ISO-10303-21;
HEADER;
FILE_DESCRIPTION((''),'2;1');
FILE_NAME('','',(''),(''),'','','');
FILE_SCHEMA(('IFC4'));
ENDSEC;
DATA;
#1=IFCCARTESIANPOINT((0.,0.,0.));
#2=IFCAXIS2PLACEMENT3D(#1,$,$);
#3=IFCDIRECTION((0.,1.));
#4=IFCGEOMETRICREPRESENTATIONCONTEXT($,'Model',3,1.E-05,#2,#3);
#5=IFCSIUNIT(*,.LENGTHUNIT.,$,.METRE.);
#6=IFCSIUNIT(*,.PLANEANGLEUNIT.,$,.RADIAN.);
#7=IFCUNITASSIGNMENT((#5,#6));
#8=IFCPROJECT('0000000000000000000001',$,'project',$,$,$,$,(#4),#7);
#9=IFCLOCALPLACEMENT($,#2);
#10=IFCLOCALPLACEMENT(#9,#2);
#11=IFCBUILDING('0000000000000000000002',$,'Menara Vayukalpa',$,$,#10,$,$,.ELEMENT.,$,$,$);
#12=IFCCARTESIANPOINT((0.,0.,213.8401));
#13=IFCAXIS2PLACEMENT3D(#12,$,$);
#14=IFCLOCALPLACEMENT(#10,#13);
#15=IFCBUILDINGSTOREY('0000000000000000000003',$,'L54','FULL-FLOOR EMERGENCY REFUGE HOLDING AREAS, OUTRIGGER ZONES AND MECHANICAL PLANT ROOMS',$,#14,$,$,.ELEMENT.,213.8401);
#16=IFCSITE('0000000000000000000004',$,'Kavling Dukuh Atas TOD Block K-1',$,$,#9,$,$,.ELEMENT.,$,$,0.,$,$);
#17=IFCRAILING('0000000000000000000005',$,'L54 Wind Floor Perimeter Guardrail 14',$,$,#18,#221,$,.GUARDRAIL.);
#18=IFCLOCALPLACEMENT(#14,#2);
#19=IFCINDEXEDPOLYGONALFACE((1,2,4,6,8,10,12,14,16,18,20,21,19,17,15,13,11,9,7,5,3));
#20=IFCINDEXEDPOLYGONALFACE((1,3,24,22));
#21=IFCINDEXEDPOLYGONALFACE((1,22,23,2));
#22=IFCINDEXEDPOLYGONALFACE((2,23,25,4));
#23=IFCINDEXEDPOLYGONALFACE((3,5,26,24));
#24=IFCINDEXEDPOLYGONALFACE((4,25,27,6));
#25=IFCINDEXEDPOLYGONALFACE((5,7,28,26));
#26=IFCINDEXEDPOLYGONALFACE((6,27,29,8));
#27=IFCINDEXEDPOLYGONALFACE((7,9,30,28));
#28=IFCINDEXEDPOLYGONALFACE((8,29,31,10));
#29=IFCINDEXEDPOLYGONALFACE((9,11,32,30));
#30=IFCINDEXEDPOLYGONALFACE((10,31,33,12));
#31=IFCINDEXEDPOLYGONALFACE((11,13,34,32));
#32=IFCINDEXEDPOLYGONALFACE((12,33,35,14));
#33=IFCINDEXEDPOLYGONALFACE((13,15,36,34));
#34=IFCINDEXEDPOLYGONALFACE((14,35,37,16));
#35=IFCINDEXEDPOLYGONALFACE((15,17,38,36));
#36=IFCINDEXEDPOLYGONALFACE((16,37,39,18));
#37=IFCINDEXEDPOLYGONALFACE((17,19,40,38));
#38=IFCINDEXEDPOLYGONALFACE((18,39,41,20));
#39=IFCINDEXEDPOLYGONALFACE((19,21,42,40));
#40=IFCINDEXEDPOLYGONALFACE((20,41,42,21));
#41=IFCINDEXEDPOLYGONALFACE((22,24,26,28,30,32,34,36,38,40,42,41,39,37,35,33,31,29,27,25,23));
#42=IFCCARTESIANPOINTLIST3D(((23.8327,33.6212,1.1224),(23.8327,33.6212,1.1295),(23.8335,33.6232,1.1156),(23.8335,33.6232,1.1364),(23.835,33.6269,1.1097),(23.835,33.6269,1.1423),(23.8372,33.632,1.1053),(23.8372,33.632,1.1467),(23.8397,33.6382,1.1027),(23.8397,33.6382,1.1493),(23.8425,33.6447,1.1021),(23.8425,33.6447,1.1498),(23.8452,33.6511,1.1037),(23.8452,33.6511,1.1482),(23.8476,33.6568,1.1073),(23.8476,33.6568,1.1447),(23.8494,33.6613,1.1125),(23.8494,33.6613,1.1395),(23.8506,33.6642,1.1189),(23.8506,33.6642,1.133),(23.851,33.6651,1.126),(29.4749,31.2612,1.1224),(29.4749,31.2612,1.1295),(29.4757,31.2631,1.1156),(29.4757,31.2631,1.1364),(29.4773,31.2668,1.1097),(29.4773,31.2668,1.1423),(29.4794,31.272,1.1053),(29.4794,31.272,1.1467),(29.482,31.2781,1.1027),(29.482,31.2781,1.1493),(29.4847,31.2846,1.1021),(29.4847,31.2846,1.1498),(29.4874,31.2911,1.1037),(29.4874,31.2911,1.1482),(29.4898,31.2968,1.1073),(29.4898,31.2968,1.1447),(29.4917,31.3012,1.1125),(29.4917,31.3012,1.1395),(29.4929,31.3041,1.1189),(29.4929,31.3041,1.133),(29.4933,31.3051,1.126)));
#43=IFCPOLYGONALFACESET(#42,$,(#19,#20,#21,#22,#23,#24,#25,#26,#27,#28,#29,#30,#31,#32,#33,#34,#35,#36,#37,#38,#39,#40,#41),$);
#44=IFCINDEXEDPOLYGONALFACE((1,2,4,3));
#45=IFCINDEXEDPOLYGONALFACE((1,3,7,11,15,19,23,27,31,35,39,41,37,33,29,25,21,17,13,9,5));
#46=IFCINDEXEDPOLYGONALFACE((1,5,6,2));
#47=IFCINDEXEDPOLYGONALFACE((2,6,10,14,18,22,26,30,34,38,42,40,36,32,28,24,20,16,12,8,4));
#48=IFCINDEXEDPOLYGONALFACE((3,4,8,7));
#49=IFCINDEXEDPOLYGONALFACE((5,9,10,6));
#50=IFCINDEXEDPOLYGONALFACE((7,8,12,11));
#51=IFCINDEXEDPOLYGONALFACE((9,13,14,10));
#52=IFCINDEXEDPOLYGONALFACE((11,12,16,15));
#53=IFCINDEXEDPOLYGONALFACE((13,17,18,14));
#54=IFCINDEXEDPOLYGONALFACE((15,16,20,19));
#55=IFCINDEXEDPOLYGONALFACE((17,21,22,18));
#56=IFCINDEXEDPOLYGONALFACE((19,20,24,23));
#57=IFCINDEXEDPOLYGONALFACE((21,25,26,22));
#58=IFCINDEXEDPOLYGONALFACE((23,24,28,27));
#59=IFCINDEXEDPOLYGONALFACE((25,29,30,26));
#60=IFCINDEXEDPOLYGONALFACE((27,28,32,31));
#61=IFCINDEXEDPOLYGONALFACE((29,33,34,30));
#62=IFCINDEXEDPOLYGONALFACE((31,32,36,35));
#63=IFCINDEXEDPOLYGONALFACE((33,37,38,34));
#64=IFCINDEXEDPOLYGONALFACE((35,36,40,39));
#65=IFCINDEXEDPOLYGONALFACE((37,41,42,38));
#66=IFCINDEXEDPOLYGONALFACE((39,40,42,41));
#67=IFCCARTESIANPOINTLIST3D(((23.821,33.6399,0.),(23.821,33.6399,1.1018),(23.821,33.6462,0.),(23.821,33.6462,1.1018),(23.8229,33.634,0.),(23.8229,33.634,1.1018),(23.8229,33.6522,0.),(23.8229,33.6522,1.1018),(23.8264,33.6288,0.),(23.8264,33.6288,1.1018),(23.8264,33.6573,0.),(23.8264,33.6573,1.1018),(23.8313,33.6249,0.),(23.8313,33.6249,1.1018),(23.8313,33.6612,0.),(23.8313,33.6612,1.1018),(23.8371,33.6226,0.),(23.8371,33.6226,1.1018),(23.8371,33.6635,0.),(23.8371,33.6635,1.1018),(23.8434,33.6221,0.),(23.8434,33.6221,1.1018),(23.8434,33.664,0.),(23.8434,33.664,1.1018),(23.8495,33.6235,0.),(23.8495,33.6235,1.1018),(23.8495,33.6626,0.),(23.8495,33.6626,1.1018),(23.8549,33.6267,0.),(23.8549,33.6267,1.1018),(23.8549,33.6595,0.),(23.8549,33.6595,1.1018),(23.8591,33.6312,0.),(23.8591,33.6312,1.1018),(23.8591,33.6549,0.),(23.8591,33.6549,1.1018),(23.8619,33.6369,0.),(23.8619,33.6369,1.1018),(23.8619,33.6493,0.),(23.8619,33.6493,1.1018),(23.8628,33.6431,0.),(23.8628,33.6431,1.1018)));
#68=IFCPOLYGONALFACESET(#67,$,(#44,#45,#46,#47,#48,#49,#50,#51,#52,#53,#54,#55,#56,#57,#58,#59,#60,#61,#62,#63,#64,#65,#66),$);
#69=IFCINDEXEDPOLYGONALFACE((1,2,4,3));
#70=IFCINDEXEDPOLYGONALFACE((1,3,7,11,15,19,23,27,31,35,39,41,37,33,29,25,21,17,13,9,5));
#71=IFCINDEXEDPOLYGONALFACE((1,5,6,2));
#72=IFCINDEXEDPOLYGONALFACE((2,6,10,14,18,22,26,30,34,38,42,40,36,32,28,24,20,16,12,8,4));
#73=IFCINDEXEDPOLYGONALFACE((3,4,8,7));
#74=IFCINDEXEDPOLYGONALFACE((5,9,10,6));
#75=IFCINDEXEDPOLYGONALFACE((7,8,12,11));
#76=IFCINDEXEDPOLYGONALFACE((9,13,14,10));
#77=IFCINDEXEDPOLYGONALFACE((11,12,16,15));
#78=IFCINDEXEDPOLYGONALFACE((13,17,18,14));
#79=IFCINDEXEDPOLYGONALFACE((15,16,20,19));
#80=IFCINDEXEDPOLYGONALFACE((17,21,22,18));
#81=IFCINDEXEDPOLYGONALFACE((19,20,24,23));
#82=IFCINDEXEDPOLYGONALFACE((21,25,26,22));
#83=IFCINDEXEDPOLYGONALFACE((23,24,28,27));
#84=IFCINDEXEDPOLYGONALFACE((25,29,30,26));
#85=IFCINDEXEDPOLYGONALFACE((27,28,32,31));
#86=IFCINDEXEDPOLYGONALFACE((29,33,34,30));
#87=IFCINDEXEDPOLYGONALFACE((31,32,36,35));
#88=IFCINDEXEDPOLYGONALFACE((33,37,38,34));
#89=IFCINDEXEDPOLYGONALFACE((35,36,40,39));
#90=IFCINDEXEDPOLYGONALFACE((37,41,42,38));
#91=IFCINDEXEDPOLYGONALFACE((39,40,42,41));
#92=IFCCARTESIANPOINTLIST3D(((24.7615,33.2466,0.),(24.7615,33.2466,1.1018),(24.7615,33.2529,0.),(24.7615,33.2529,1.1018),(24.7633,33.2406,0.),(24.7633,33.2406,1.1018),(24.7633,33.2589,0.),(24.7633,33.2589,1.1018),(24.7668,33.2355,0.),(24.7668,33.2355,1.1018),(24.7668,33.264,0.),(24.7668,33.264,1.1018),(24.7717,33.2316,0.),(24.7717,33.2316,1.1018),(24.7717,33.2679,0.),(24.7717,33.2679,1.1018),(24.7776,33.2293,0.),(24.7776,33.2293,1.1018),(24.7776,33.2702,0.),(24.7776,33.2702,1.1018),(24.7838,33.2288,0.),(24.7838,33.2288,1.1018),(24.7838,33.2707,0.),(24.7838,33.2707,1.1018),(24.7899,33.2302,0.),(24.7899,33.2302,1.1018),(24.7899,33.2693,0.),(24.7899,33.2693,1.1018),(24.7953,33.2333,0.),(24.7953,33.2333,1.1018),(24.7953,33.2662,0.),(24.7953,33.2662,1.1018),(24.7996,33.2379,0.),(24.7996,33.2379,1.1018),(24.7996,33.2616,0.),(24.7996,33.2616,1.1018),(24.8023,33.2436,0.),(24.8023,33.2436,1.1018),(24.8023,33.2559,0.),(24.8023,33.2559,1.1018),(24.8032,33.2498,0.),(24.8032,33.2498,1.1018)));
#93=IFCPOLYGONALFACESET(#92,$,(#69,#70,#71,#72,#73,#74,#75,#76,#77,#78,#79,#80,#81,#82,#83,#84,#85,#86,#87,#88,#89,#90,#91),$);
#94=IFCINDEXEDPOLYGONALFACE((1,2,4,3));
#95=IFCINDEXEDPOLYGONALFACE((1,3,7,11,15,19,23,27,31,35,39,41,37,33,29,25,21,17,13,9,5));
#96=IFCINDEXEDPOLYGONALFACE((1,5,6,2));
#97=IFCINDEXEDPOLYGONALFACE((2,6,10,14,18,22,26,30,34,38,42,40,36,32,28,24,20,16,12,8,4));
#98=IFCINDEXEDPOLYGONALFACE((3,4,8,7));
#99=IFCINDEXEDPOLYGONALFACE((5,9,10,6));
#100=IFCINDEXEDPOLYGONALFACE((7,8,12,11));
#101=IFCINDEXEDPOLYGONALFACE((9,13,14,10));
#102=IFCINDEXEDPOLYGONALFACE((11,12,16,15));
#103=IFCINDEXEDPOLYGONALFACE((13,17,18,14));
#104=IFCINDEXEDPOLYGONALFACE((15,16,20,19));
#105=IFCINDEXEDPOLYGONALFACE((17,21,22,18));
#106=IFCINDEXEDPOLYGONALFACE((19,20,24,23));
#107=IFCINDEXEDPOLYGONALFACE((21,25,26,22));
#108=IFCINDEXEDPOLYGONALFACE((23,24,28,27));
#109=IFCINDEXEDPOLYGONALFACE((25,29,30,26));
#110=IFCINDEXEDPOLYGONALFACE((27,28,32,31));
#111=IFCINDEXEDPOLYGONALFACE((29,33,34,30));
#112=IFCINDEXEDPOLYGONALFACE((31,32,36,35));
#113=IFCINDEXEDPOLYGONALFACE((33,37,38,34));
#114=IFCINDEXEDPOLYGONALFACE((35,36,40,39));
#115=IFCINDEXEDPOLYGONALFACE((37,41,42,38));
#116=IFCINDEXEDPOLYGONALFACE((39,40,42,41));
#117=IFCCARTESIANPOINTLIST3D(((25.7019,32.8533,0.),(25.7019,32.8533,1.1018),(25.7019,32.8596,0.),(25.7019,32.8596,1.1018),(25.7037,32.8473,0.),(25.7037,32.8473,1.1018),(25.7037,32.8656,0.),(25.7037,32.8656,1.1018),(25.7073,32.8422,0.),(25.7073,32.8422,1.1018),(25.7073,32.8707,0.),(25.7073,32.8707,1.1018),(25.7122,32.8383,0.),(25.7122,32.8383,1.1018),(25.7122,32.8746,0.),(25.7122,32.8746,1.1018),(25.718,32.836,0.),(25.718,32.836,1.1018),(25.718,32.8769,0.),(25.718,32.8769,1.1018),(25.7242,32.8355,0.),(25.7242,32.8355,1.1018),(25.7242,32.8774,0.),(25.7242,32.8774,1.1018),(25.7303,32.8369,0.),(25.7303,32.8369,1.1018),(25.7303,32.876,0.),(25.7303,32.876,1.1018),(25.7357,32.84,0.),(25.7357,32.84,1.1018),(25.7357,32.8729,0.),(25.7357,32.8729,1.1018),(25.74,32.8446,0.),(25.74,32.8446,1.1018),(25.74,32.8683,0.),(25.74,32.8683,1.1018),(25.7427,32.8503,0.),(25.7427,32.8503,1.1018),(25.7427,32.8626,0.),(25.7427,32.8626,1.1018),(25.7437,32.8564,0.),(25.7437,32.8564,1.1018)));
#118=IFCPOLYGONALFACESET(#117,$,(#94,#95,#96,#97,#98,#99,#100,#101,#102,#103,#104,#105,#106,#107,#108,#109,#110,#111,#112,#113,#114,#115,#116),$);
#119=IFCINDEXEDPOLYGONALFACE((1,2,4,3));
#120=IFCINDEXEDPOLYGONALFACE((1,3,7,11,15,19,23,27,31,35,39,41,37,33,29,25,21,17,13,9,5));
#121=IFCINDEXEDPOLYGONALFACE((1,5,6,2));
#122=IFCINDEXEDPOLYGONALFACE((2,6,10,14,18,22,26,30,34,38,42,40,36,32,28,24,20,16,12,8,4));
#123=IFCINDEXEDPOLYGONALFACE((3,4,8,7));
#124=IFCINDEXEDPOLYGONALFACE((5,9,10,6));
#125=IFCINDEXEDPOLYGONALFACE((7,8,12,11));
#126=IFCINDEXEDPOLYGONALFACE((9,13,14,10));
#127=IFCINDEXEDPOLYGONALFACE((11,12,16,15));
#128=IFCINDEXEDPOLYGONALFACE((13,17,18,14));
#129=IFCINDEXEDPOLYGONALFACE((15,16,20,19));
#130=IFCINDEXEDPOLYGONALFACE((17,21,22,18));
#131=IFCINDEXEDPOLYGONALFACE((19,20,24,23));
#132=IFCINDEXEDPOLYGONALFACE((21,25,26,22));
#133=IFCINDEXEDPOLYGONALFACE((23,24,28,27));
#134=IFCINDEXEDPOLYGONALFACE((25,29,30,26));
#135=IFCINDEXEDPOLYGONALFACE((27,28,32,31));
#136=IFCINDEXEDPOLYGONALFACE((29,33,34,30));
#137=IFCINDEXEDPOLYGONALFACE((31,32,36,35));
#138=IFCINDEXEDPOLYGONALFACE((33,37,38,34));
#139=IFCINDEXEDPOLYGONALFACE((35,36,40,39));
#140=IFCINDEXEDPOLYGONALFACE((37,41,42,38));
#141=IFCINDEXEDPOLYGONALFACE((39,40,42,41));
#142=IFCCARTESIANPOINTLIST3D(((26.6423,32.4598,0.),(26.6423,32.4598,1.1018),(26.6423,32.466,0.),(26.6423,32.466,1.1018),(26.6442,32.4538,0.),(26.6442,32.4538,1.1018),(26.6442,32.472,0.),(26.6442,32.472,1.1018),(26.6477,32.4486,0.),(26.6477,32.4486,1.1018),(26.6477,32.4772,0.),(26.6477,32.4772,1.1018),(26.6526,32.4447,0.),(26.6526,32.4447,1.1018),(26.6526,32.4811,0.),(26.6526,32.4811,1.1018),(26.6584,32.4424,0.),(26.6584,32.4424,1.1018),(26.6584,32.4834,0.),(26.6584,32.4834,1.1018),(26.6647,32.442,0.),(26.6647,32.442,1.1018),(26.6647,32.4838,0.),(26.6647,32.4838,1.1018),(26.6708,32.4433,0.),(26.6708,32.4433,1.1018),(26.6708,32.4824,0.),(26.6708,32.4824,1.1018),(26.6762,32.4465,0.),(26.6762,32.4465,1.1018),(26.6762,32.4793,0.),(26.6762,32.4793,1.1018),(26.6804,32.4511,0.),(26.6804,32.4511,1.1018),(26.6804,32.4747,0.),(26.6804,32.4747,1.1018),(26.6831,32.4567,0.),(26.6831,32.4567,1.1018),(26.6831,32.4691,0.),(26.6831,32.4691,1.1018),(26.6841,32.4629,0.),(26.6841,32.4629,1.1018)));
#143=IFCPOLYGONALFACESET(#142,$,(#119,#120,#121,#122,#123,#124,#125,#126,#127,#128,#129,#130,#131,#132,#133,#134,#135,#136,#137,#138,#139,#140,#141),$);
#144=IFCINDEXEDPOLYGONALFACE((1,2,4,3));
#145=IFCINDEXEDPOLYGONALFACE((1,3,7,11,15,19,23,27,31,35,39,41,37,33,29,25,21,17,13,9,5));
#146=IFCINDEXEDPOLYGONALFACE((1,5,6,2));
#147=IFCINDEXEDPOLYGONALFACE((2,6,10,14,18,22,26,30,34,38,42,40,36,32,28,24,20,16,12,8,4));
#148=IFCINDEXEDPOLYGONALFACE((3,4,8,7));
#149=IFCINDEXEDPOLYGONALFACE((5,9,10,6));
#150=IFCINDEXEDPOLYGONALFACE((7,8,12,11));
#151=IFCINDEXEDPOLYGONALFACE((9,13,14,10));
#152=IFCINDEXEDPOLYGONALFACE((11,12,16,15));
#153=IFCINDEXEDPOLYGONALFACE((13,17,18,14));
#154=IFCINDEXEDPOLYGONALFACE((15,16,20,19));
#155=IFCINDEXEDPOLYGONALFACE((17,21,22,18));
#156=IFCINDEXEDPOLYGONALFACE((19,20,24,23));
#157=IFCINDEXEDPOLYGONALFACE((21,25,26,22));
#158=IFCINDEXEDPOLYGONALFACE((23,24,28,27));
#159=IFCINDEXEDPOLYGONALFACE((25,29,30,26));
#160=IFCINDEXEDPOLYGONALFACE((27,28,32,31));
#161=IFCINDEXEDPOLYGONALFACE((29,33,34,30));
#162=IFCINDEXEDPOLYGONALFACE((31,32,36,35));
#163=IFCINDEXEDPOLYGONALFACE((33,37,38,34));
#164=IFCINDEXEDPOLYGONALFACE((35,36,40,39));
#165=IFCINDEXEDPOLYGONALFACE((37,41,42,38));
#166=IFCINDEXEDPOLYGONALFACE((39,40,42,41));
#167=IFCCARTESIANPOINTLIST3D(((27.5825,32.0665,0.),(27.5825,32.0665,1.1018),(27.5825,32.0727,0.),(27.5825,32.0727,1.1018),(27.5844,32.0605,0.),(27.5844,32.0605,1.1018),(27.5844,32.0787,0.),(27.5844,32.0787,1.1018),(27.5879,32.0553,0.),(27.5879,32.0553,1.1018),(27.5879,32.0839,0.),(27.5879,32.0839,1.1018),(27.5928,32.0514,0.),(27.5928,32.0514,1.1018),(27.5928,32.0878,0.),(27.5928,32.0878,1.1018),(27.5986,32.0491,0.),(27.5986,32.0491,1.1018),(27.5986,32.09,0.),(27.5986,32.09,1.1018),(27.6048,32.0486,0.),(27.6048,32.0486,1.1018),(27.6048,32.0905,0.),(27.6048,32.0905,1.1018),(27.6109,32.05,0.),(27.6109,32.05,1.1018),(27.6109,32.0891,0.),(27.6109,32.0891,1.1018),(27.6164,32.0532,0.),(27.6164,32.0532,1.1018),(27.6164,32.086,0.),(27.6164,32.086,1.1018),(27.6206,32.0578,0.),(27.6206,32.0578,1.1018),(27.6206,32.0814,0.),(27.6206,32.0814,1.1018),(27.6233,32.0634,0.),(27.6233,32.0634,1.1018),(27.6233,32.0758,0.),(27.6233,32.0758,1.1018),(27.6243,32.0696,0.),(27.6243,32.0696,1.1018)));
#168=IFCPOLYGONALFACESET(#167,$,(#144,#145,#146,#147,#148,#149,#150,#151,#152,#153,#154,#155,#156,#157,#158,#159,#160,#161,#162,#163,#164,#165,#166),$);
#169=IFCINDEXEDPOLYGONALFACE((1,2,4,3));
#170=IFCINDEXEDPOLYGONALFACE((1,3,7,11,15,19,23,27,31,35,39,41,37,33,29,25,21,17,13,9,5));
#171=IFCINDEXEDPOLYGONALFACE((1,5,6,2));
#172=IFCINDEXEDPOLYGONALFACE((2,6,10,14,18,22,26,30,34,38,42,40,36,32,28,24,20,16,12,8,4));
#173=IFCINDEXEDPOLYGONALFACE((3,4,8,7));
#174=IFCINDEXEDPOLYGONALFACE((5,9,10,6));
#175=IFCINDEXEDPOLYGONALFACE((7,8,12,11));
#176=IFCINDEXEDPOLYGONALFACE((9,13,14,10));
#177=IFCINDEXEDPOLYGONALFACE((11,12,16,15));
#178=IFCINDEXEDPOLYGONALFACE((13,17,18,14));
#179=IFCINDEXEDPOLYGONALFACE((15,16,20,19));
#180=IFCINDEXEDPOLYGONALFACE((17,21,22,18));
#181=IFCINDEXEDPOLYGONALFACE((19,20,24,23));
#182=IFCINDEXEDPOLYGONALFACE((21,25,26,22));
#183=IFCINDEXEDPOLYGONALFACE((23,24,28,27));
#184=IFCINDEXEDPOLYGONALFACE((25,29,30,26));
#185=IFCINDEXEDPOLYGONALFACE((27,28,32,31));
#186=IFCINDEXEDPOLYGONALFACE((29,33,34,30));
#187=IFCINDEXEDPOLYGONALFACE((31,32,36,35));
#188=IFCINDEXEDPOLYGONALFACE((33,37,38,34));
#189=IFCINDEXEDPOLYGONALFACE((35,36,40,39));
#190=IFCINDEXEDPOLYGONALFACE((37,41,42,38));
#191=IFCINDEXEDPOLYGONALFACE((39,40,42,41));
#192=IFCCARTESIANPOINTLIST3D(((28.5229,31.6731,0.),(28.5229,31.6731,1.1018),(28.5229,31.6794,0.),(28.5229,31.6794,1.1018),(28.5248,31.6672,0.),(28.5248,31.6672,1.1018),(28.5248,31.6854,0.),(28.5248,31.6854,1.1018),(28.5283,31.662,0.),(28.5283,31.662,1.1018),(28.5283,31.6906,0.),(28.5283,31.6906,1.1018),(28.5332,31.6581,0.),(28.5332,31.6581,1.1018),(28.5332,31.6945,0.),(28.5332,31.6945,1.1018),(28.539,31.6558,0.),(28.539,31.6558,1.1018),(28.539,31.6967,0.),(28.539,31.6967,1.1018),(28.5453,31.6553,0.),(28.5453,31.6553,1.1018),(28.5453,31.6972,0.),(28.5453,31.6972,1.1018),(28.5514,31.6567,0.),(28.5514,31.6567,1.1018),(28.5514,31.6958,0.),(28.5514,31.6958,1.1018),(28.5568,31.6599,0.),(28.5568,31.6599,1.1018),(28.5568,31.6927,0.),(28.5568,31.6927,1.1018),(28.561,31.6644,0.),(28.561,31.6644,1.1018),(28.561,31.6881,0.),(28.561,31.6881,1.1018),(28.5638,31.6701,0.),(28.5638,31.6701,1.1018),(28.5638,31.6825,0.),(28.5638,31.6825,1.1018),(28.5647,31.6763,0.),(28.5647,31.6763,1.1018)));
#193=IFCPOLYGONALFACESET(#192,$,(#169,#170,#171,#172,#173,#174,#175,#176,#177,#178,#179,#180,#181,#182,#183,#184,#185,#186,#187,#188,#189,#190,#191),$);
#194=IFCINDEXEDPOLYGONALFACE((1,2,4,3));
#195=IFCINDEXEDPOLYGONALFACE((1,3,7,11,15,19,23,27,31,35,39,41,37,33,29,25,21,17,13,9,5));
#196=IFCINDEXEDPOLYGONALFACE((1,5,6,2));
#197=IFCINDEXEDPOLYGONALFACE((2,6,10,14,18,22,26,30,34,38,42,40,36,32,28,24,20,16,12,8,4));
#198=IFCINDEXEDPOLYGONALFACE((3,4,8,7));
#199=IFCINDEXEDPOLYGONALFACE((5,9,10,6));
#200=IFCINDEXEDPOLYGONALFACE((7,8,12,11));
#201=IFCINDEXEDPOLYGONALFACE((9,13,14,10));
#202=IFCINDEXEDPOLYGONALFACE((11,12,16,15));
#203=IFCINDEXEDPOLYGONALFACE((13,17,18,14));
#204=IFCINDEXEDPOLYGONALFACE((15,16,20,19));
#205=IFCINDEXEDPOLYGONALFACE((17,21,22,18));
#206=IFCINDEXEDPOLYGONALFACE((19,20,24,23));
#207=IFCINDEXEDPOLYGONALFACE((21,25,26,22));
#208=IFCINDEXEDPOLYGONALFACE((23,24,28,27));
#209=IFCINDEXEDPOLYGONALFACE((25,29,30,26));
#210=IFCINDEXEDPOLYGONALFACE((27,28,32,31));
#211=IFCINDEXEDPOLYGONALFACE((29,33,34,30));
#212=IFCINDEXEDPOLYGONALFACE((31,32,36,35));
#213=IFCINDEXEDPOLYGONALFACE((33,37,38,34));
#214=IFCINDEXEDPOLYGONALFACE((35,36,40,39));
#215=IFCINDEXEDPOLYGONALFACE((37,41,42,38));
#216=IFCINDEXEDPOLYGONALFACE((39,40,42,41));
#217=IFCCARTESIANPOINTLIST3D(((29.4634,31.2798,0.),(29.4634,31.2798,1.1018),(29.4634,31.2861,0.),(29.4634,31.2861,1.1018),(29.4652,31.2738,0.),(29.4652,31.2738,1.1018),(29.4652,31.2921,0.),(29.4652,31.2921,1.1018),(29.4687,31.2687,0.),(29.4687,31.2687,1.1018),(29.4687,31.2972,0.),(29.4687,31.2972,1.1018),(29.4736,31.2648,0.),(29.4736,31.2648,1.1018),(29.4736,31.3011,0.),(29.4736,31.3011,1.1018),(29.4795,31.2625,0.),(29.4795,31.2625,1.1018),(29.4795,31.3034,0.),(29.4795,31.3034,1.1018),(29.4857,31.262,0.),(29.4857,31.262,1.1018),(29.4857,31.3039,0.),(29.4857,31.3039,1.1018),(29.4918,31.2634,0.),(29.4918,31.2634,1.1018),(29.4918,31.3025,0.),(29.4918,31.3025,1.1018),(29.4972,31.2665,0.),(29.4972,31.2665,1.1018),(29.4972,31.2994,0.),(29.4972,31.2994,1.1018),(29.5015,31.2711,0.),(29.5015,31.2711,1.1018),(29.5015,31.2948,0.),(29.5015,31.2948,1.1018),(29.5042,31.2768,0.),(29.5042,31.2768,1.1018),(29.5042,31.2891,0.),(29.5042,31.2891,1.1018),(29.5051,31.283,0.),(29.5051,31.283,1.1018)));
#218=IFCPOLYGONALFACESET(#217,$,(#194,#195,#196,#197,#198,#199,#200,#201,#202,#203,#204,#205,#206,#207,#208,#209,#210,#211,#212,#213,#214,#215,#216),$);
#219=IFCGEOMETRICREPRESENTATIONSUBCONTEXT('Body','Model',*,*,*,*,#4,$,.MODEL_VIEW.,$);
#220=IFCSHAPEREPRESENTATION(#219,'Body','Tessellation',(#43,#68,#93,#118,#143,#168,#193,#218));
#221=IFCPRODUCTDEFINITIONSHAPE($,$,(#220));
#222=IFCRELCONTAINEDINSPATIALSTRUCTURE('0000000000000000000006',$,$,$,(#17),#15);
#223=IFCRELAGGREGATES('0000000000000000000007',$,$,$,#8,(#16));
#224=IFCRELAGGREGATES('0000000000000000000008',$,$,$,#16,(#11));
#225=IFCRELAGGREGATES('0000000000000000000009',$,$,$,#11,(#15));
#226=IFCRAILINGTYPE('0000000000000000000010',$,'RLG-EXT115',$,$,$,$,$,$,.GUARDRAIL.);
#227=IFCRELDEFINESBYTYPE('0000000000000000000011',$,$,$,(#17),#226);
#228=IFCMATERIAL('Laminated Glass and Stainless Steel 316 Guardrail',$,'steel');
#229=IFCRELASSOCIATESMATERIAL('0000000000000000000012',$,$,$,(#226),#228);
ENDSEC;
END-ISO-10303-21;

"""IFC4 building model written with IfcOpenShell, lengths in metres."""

from ifc_helpers import new_model, si_unit, direction, frame, origin, origin_2d, place, context, subcontext, project, spatial, circle, extrude, material, type_object, element, save


model = new_model("IFC4")

# Units and contexts
model_context = context("Model", 3, precision=1e-05, world=origin(), true_north=direction((0.0, 1.0)))
body_context = subcontext(model_context, "Body", "Model", "MODEL_VIEW")
ifc_project = project(units=[si_unit("LENGTHUNIT", "METRE"), si_unit("PLANEANGLEUNIT", "RADIAN")], contexts=[model_context])

# Site, building, storey
site_placement = place(None, origin())
site = spatial("IfcSite", under=ifc_project, at=site_placement, Name="Kavling Dukuh Atas TOD Block K-1", CompositionType="ELEMENT", RefElevation=0.0)
building_placement = place(site_placement, origin())
building = spatial("IfcBuilding", under=site, at=building_placement, Name="Menara Vayukalpa", CompositionType="ELEMENT")
storey_placement = place(building_placement, frame((0.0, 0.0, 213.8401)))
storey = spatial("IfcBuildingStorey", under=building, at=storey_placement, Name="L54", Description="FULL-FLOOR EMERGENCY REFUGE HOLDING AREAS, OUTRIGGER ZONES AND MECHANICAL PLANT ROOMS", CompositionType="ELEMENT", Elevation=213.8401)

# Railing
ifc_material_1 = material(Name="Laminated Glass and Stainless Steel 316 Guardrail", Category="steel")
railing_type = type_object("IfcRailingType", Name="RLG-EXT115", PredefinedType="GUARDRAIL", material=ifc_material_1)
railing_placement = place(storey_placement, frame((23.8418, 33.6431, 0.0)))
element("IfcRailing", 1, at=railing_placement, inside=storey, type_object=railing_type, Name="L54 Wind Floor Perimeter Guardrail 14", PredefinedType="GUARDRAIL", context=body_context, shape_type="SweptSolid", body=[
    extrude(circle(Radius=0.0239, at=origin_2d()), frame((0.0, 0.0, 1.126), z_axis=(0.922546, -0.385888, 0.0), x_axis=(0.385888, 0.922546, 0.0)), (0.0, 0.0, 1.0), 6.116),
    extrude(circle(Radius=0.021, at=origin_2d()), origin(), (0.0, 0.0, 1.0), 1.1018),
    extrude(circle(Radius=0.021, at=origin_2d()), frame((0.9404, -0.3933, 0.0)), (0.0, 0.0, 1.0), 1.1018),
    extrude(circle(Radius=0.021, at=origin_2d()), frame((1.8809, -0.7866, 0.0)), (0.0, 0.0, 1.0), 1.1018),
    extrude(circle(Radius=0.021, at=origin_2d()), frame((2.8213, -1.1802, 0.0)), (0.0, 0.0, 1.0), 1.1018),
    extrude(circle(Radius=0.021, at=origin_2d()), frame((3.7615, -1.5735, 0.0)), (0.0, 0.0, 1.0), 1.1018),
    extrude(circle(Radius=0.021, at=origin_2d()), frame((4.7019, -1.9668, 0.0)), (0.0, 0.0, 1.0), 1.1018),
    extrude(circle(Radius=0.021, at=origin_2d()), frame((5.6423, -2.3601, 0.0)), (0.0, 0.0, 1.0), 1.1018),
])

save(model, "model.ifc")
